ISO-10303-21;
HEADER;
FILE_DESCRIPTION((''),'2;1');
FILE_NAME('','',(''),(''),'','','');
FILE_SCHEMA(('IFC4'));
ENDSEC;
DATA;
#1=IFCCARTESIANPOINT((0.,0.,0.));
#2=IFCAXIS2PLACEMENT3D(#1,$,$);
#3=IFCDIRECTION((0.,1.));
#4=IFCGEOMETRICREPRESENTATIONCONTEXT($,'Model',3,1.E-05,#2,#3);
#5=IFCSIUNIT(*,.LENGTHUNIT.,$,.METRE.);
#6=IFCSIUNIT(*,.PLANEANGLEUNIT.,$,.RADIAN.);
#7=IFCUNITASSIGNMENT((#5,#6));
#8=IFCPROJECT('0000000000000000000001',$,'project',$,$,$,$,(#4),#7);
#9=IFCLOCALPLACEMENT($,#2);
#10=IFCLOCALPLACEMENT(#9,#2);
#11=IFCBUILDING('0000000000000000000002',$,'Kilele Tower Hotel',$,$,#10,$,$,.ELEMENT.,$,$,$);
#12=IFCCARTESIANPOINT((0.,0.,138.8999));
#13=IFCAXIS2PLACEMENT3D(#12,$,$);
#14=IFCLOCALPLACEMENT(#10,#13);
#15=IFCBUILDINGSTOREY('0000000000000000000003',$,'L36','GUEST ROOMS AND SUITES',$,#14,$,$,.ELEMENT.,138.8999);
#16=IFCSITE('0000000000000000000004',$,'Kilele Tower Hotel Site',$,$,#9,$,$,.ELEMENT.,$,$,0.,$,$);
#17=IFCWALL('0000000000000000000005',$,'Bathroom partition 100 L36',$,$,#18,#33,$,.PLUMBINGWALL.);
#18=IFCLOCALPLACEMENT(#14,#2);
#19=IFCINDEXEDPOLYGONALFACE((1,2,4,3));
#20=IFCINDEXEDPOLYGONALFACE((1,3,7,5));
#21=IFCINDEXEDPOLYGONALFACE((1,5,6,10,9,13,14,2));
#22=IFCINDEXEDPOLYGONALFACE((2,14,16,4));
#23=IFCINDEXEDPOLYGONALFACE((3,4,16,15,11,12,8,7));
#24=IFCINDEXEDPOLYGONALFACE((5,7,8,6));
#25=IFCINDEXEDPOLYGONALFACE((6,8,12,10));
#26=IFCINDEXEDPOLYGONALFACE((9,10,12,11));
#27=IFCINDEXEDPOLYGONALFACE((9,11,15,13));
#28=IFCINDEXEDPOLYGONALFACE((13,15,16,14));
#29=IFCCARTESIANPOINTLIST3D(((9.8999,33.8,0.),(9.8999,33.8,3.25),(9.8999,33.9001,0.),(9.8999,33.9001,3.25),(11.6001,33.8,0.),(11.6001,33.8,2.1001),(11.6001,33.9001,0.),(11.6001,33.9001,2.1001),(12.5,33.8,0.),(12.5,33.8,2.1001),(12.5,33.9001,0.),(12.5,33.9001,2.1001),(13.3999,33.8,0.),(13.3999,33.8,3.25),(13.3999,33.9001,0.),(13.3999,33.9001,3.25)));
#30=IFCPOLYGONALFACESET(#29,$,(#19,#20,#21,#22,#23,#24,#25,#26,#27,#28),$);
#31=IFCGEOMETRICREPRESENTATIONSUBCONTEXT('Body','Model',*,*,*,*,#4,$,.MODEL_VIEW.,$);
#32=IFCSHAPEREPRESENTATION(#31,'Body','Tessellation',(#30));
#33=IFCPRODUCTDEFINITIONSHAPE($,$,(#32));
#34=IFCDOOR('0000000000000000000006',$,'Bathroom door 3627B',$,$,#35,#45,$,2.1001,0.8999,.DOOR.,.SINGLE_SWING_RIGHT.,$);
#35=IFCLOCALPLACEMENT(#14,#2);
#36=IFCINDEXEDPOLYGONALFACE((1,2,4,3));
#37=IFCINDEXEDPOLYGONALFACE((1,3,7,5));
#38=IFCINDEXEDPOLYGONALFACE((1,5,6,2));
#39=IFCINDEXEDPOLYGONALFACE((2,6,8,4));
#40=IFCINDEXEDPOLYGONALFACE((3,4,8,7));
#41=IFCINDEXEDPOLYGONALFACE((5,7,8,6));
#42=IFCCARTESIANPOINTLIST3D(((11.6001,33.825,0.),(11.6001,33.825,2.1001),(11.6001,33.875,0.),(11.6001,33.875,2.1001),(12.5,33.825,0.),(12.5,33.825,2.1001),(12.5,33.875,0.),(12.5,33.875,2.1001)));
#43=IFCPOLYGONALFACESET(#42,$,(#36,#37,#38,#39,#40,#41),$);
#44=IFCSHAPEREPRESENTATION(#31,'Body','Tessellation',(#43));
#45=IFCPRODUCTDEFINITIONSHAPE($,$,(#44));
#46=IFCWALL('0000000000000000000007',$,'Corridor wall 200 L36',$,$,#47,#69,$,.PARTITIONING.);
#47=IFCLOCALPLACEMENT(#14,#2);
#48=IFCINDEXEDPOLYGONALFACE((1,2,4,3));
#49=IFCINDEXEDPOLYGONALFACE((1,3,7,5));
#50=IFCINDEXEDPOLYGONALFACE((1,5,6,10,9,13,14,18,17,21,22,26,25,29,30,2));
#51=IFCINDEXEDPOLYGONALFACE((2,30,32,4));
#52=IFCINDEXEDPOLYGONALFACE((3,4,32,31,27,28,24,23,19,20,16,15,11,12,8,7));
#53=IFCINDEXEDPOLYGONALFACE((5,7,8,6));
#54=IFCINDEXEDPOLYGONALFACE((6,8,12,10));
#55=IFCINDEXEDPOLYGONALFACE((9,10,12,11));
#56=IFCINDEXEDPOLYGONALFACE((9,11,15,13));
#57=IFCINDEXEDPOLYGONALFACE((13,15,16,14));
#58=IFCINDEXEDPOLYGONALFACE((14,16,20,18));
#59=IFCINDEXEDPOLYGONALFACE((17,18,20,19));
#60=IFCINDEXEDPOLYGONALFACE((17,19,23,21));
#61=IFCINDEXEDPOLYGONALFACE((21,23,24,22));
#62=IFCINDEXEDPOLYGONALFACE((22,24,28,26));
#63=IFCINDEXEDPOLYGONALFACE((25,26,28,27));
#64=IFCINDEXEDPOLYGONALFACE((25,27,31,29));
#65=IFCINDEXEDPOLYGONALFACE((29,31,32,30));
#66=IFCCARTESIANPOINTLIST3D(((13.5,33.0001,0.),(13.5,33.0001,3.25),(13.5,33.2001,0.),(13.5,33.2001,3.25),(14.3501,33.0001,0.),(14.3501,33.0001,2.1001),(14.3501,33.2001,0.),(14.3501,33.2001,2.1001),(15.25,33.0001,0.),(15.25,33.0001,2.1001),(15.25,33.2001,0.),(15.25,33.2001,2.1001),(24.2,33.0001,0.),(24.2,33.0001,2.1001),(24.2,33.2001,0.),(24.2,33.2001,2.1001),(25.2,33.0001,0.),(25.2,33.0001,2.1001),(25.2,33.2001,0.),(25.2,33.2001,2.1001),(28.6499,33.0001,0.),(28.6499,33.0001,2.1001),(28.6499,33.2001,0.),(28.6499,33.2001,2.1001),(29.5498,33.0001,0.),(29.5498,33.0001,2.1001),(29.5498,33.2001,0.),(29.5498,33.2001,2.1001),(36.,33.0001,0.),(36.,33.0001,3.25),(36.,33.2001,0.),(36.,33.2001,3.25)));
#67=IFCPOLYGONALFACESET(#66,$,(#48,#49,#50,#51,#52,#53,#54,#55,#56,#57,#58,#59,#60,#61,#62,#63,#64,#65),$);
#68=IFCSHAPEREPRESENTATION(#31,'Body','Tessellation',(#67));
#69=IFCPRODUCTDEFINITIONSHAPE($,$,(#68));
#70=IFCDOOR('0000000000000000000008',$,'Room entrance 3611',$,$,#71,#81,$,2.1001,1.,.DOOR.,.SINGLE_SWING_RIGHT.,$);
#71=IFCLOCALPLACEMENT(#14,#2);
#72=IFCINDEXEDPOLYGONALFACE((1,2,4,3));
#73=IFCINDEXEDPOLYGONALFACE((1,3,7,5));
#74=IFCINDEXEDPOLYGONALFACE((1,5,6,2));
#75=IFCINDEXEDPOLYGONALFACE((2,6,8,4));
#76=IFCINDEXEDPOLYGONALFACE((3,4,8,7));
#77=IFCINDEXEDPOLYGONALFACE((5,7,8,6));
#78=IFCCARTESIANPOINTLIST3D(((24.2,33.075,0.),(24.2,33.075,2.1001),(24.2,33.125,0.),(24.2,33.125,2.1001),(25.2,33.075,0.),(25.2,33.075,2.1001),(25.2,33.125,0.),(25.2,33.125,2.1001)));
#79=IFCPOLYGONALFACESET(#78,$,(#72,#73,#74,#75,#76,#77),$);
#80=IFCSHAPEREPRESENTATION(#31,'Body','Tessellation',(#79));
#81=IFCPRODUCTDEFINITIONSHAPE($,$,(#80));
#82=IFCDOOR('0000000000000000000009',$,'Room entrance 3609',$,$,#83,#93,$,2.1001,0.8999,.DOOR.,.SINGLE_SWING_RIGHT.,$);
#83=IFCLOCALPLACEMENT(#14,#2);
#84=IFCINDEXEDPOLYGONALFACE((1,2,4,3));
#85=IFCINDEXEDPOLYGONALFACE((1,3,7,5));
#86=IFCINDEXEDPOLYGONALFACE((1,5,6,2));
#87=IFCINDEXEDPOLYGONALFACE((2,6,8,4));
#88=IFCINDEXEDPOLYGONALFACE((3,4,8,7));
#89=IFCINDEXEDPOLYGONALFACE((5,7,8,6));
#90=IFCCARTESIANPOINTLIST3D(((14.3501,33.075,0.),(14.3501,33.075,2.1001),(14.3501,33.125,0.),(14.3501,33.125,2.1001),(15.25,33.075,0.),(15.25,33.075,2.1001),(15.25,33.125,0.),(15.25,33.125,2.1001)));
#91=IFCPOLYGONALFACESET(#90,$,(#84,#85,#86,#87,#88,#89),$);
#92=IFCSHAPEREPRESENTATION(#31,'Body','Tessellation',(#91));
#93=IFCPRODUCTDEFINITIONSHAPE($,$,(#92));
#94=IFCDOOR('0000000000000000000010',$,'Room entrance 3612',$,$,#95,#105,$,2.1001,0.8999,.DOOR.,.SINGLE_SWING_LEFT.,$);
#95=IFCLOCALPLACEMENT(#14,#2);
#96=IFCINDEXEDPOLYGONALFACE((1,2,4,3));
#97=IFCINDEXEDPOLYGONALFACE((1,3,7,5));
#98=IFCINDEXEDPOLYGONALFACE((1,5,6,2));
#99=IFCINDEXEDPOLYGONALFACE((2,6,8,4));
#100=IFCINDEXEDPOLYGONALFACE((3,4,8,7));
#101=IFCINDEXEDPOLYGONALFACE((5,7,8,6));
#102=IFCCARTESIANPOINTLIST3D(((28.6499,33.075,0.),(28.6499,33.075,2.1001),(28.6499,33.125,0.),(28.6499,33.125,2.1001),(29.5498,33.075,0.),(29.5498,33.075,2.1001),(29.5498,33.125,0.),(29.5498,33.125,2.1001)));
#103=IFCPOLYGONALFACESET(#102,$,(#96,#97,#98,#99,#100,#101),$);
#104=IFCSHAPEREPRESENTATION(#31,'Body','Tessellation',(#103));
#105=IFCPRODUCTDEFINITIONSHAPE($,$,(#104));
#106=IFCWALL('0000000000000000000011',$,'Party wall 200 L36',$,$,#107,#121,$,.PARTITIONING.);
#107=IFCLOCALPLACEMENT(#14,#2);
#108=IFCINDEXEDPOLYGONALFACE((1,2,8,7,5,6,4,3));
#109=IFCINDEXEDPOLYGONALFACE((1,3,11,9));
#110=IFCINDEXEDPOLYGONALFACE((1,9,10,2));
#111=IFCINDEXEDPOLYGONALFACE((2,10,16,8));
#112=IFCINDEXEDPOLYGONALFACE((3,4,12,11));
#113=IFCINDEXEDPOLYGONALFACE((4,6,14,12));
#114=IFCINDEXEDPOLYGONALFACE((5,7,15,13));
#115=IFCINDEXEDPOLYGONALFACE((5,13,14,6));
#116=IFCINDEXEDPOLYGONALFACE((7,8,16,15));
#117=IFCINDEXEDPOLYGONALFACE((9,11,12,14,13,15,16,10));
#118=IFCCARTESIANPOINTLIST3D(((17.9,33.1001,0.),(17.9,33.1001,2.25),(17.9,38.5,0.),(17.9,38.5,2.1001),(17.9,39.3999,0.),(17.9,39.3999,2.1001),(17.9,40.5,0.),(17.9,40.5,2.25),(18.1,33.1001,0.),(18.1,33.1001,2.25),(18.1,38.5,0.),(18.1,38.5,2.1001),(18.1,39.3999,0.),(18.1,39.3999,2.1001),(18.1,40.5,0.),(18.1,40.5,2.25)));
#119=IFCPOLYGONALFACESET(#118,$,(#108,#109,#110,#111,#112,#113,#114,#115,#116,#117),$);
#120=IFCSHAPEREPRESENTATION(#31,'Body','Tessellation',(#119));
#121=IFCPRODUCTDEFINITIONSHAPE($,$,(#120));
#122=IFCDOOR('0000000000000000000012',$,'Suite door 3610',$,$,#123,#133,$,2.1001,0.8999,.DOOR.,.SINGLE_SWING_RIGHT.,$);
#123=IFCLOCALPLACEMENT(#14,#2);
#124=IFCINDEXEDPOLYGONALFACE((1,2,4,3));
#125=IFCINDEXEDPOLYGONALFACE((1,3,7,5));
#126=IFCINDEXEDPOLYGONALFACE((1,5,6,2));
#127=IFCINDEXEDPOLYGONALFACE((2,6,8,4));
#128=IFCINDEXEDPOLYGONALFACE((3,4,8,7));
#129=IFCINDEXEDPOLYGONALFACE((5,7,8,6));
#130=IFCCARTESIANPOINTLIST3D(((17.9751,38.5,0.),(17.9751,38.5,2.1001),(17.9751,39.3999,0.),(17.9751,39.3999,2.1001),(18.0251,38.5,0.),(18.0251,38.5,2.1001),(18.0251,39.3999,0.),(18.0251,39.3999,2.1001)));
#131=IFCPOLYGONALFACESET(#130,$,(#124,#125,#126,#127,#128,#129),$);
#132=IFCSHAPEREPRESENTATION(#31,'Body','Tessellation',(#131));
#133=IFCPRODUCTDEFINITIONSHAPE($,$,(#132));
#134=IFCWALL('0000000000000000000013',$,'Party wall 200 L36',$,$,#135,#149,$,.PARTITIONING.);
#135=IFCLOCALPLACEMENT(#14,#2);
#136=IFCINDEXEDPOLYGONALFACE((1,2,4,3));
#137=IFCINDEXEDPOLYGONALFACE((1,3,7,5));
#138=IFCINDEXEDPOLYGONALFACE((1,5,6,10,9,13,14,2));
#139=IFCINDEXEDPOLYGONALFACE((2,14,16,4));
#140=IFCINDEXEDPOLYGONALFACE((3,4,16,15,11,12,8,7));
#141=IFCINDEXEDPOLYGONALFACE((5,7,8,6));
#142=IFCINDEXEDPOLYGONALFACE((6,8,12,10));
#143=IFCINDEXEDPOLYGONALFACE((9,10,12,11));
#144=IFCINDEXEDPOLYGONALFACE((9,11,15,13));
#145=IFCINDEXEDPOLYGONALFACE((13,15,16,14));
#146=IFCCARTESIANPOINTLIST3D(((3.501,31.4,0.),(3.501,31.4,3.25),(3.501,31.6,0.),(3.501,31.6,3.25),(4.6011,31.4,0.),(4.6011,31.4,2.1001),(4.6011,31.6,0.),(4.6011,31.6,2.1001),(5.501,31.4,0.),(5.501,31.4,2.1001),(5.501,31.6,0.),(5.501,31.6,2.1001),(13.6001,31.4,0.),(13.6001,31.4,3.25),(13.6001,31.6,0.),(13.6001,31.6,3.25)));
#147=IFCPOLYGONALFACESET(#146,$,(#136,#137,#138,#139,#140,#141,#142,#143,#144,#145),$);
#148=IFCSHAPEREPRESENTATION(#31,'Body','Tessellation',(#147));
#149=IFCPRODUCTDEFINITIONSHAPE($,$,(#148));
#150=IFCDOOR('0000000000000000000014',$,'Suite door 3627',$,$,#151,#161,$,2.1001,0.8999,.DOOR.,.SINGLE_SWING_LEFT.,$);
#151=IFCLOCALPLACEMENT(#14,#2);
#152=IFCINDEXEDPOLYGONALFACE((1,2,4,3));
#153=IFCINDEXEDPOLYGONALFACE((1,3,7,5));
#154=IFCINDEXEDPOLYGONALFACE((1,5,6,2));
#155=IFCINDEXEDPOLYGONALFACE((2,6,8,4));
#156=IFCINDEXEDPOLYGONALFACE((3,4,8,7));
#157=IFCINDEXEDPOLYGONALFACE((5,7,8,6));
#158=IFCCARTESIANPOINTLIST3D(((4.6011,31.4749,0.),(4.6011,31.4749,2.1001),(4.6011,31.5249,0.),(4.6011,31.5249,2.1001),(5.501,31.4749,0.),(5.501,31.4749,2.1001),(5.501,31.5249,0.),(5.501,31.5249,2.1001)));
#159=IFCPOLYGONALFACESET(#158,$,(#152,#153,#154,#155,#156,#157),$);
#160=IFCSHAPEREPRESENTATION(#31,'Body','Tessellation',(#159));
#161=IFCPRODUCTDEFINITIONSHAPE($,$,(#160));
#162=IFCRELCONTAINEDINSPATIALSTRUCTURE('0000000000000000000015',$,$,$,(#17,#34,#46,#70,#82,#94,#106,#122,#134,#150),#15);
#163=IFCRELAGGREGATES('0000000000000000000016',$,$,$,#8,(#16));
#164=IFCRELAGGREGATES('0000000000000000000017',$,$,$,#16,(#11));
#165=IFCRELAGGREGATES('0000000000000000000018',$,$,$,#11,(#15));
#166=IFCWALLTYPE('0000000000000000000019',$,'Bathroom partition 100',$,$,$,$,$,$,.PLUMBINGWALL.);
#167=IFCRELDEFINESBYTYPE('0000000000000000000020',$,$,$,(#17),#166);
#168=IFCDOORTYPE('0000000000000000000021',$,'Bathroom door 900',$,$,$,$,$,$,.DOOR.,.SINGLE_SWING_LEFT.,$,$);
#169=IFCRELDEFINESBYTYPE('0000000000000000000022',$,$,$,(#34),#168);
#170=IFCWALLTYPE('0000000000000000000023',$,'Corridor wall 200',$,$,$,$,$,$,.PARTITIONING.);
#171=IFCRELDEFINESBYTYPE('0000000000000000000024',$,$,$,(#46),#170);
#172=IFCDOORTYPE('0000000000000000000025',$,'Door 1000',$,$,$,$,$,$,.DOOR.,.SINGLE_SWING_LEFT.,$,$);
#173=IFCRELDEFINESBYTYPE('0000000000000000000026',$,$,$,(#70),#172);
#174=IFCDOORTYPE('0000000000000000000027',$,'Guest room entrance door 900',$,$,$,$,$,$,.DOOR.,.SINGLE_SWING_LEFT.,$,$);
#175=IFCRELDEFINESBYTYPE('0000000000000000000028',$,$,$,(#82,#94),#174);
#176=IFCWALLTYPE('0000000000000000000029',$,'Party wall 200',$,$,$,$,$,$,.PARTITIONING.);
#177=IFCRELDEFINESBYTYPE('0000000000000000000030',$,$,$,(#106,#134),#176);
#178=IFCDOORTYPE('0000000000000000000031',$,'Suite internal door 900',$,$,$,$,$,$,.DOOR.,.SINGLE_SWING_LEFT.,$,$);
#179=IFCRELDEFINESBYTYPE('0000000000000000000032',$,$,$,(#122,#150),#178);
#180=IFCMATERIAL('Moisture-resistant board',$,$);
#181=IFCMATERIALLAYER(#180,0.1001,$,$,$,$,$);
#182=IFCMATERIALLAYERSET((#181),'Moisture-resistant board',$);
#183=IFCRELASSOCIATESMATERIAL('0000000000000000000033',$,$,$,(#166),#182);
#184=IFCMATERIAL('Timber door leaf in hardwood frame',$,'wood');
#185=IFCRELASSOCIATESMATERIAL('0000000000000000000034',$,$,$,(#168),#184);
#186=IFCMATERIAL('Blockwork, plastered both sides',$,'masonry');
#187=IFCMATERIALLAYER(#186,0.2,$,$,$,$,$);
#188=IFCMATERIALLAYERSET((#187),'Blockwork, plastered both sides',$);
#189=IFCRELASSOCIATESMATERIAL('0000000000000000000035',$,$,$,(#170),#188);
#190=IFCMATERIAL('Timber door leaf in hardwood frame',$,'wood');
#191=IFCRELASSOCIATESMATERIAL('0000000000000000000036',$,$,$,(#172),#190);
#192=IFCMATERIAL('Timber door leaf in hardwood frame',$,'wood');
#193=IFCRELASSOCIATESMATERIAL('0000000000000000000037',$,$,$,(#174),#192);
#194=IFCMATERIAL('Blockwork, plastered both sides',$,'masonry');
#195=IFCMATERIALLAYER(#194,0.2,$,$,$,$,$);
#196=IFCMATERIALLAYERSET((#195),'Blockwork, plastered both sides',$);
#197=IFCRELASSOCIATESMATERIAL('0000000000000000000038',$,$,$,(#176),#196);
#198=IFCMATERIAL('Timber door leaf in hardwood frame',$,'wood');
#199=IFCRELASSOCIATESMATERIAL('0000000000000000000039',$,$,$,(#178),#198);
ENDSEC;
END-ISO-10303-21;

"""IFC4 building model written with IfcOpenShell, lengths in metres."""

from ifc_helpers import new_model, si_unit, direction, frame, frame_2d, origin, place, context, subcontext, project, spatial, rectangle, extrude, material, layer, layer_set, type_object, element, fill, save


model = new_model("IFC4")

# Units and contexts
model_context = context("Model", 3, precision=1e-05, world=origin(), true_north=direction((0.0, 1.0)))
body_context = subcontext(model_context, "Body", "Model", "MODEL_VIEW")
ifc_project = project(units=[si_unit("LENGTHUNIT", "METRE"), si_unit("PLANEANGLEUNIT", "RADIAN")], contexts=[model_context])

# Site, building, storey
site_placement = place(None, origin())
site = spatial("IfcSite", under=ifc_project, at=site_placement, Name="Kilele Tower Hotel Site", CompositionType="ELEMENT", RefElevation=0.0)
building_placement = place(site_placement, origin())
building = spatial("IfcBuilding", under=site, at=building_placement, Name="Kilele Tower Hotel", CompositionType="ELEMENT")
storey_placement = place(building_placement, frame((0.0, 0.0, 138.8999)))
storey = spatial("IfcBuildingStorey", under=building, at=storey_placement, Name="L36", Description="GUEST ROOMS AND SUITES", CompositionType="ELEMENT", Elevation=138.8999)

# Shared definitions
ifc_material_1 = material(Name="Moisture-resistant board")
ifc_layer_1 = layer(ifc_material_1, 0.1001)
ifc_layer_set_1 = layer_set([ifc_layer_1], Name="Moisture-resistant board")
wall_type_1 = type_object("IfcWallType", Name="Bathroom partition 100", PredefinedType="PLUMBINGWALL", material=ifc_layer_set_1)

# Shared definitions
ifc_material_2 = material(Name="Timber door leaf in hardwood frame", Category="wood")
door_type_1 = type_object("IfcDoorType", Name="Bathroom door 900", OperationType="SINGLE_SWING_LEFT", PredefinedType="DOOR", material=ifc_material_2)

# Wall, opening, door
wall_1_placement = place(storey_placement, frame((13.3999, 33.8501, 0.0), z_axis=(0.0, 0.0, 1.0), x_axis=(-1.0, 0.0, 0.0)))
wall_1 = element("IfcWall", 1, at=wall_1_placement, inside=storey, type_object=wall_type_1, Name="Bathroom partition 100 L36", PredefinedType="PLUMBINGWALL", context=body_context, shape_type="SweptSolid", body=[
    extrude(rectangle(XDim=3.5, YDim=0.1001, at=frame_2d((1.75, 0.0))), origin(), (0.0, 0.0, 1.0), 3.25),
])
opening_1_placement = place(wall_1_placement, frame((1.7998, 0.0, 0.0), z_axis=(0.0, 0.0, 1.0), x_axis=(-1.0, 0.0, 0.0)))
opening_1 = element("IfcOpeningElement", 2, at=opening_1_placement, cuts=wall_1, PredefinedType="OPENING", context=body_context, shape_type="SweptSolid", body=[
    extrude(rectangle(XDim=0.8999, YDim=2.1001, at=frame_2d((0.45, 1.05))), frame((0.0, 0.0601, 0.0), z_axis=(0.0, -1.0, 0.0), x_axis=(1.0, 0.0, 0.0)), (0.0, 0.0, 1.0), 0.1201),
])
door_1_placement = place(opening_1_placement, origin())
door_1 = element("IfcDoor", 3, at=door_1_placement, inside=storey, type_object=door_type_1, Name="Bathroom door 3627B", OperationType="SINGLE_SWING_RIGHT", OverallHeight=2.1001, OverallWidth=0.8999, PredefinedType="DOOR", context=body_context, shape_type="SweptSolid", body=[
    extrude(rectangle(XDim=0.8999, YDim=2.1001, at=frame_2d((0.45, 1.05))), frame((0.0, 0.0249, 0.0), z_axis=(0.0, -1.0, 0.0), x_axis=(1.0, 0.0, 0.0)), (0.0, 0.0, 1.0), 0.05),
])
fill(opening_1, door_1)

# Wall, openings, doors
ifc_material_3 = material(Name="Blockwork, plastered both sides", Category="masonry")
ifc_layer_2 = layer(ifc_material_3, 0.2)
ifc_layer_set_2 = layer_set([ifc_layer_2], Name="Blockwork, plastered both sides")
wall_type_2 = type_object("IfcWallType", Name="Corridor wall 200", PredefinedType="PARTITIONING", material=ifc_layer_set_2)
wall_2_placement = place(storey_placement, frame((13.5, 33.1001, 0.0), z_axis=(0.0, 0.0, 1.0), x_axis=(1.0, 0.0, 0.0)))
wall_2 = element("IfcWall", 4, at=wall_2_placement, inside=storey, type_object=wall_type_2, Name="Corridor wall 200 L36", PredefinedType="PARTITIONING", context=body_context, shape_type="SweptSolid", body=[
    extrude(rectangle(XDim=22.5, YDim=0.2, at=frame_2d((11.25, 0.0))), origin(), (0.0, 0.0, 1.0), 3.25),
])
opening_2_placement = place(wall_2_placement, frame((0.8501, 0.0, 0.0)))
opening_2 = element("IfcOpeningElement", 5, at=opening_2_placement, cuts=wall_2, PredefinedType="OPENING", context=body_context, shape_type="SweptSolid", body=[
    extrude(rectangle(XDim=0.8999, YDim=2.1001, at=frame_2d((0.45, 1.05))), frame((0.0, 0.1099, 0.0), z_axis=(0.0, -1.0, 0.0), x_axis=(1.0, 0.0, 0.0)), (0.0, 0.0, 1.0), 0.22),
])
opening_3_placement = place(wall_2_placement, frame((10.7, 0.0, 0.0)))
opening_3 = element("IfcOpeningElement", 6, at=opening_3_placement, cuts=wall_2, PredefinedType="OPENING", context=body_context, shape_type="SweptSolid", body=[
    extrude(rectangle(XDim=1.0, YDim=2.1001, at=frame_2d((0.5, 1.05))), frame((0.0, 0.1099, 0.0), z_axis=(0.0, -1.0, 0.0), x_axis=(1.0, 0.0, 0.0)), (0.0, 0.0, 1.0), 0.22),
])
opening_4_placement = place(wall_2_placement, frame((15.1499, 0.0, 0.0)))
opening_4 = element("IfcOpeningElement", 7, at=opening_4_placement, cuts=wall_2, PredefinedType="OPENING", context=body_context, shape_type="SweptSolid", body=[
    extrude(rectangle(XDim=0.8999, YDim=2.1001, at=frame_2d((0.45, 1.05))), frame((0.0, 0.1099, 0.0), z_axis=(0.0, -1.0, 0.0), x_axis=(1.0, 0.0, 0.0)), (0.0, 0.0, 1.0), 0.22),
])
ifc_material_4 = material(Name="Timber door leaf in hardwood frame", Category="wood")
door_type_2 = type_object("IfcDoorType", Name="Door 1000", OperationType="SINGLE_SWING_LEFT", PredefinedType="DOOR", material=ifc_material_4)
door_2_placement = place(opening_3_placement, origin())
door_2 = element("IfcDoor", 8, at=door_2_placement, inside=storey, type_object=door_type_2, Name="Room entrance 3611", OperationType="SINGLE_SWING_RIGHT", OverallHeight=2.1001, OverallWidth=1.0, PredefinedType="DOOR", context=body_context, shape_type="SweptSolid", body=[
    extrude(rectangle(XDim=1.0, YDim=2.1001, at=frame_2d((0.5, 1.05))), frame((0.0, 0.0249, 0.0), z_axis=(0.0, -1.0, 0.0), x_axis=(1.0, 0.0, 0.0)), (0.0, 0.0, 1.0), 0.05),
])
fill(opening_3, door_2)
ifc_material_5 = material(Name="Timber door leaf in hardwood frame", Category="wood")
door_type_3 = type_object("IfcDoorType", Name="Guest room entrance door 900", OperationType="SINGLE_SWING_LEFT", PredefinedType="DOOR", material=ifc_material_5)
door_3_placement = place(opening_2_placement, origin())
door_3 = element("IfcDoor", 9, at=door_3_placement, inside=storey, type_object=door_type_3, Name="Room entrance 3609", OperationType="SINGLE_SWING_RIGHT", OverallHeight=2.1001, OverallWidth=0.8999, PredefinedType="DOOR", context=body_context, shape_type="SweptSolid", body=[
    extrude(rectangle(XDim=0.8999, YDim=2.1001, at=frame_2d((0.45, 1.05))), frame((0.0, 0.0249, 0.0), z_axis=(0.0, -1.0, 0.0), x_axis=(1.0, 0.0, 0.0)), (0.0, 0.0, 1.0), 0.05),
])
fill(opening_2, door_3)
door_4_placement = place(opening_4_placement, origin())
door_4 = element("IfcDoor", 10, at=door_4_placement, inside=storey, type_object=door_type_3, Name="Room entrance 3612", OperationType="SINGLE_SWING_LEFT", OverallHeight=2.1001, OverallWidth=0.8999, PredefinedType="DOOR", context=body_context, shape_type="SweptSolid", body=[
    extrude(rectangle(XDim=0.8999, YDim=2.1001, at=frame_2d((0.45, 1.05))), frame((0.0, 0.0249, 0.0), z_axis=(0.0, -1.0, 0.0), x_axis=(1.0, 0.0, 0.0)), (0.0, 0.0, 1.0), 0.05),
])
fill(opening_4, door_4)

# Walls, openings, doors
ifc_material_6 = material(Name="Blockwork, plastered both sides", Category="masonry")
ifc_layer_3 = layer(ifc_material_6, 0.2)
ifc_layer_set_3 = layer_set([ifc_layer_3], Name="Blockwork, plastered both sides")
wall_type_3 = type_object("IfcWallType", Name="Party wall 200", PredefinedType="PARTITIONING", material=ifc_layer_set_3)
wall_3_placement = place(storey_placement, frame((18.0, 33.1001, 0.0), z_axis=(0.0, 0.0, 1.0), x_axis=(0.0, 1.0, 0.0)))
wall_3 = element("IfcWall", 11, at=wall_3_placement, inside=storey, type_object=wall_type_3, Name="Party wall 200 L36", PredefinedType="PARTITIONING", context=body_context, shape_type="SweptSolid", body=[
    extrude(rectangle(XDim=7.3999, YDim=0.2, at=frame_2d((3.7, 0.0))), origin(), (0.0, 0.0, 1.0), 2.25),
])
opening_5_placement = place(wall_3_placement, frame((5.3999, 0.0, 0.0)))
opening_5 = element("IfcOpeningElement", 12, at=opening_5_placement, cuts=wall_3, PredefinedType="OPENING", context=body_context, shape_type="SweptSolid", body=[
    extrude(rectangle(XDim=0.8999, YDim=2.1001, at=frame_2d((0.45, 1.05))), frame((0.0, 0.1099, 0.0), z_axis=(0.0, -1.0, 0.0), x_axis=(1.0, 0.0, 0.0)), (0.0, 0.0, 1.0), 0.22),
])
ifc_material_7 = material(Name="Timber door leaf in hardwood frame", Category="wood")
door_type_4 = type_object("IfcDoorType", Name="Suite internal door 900", OperationType="SINGLE_SWING_LEFT", PredefinedType="DOOR", material=ifc_material_7)
door_5_placement = place(opening_5_placement, origin())
door_5 = element("IfcDoor", 13, at=door_5_placement, inside=storey, type_object=door_type_4, Name="Suite door 3610", OperationType="SINGLE_SWING_RIGHT", OverallHeight=2.1001, OverallWidth=0.8999, PredefinedType="DOOR", context=body_context, shape_type="SweptSolid", body=[
    extrude(rectangle(XDim=0.8999, YDim=2.1001, at=frame_2d((0.45, 1.05))), frame((0.0, 0.0249, 0.0), z_axis=(0.0, -1.0, 0.0), x_axis=(1.0, 0.0, 0.0)), (0.0, 0.0, 1.0), 0.05),
])
fill(opening_5, door_5)
wall_4_placement = place(storey_placement, frame((13.6001, 31.5, 0.0), z_axis=(0.0, 0.0, 1.0), x_axis=(-1.0, 0.0, 0.0)))
wall_4 = element("IfcWall", 14, at=wall_4_placement, inside=storey, type_object=wall_type_3, Name="Party wall 200 L36", PredefinedType="PARTITIONING", context=body_context, shape_type="SweptSolid", body=[
    extrude(rectangle(XDim=10.0991, YDim=0.2, at=frame_2d((5.0496, 0.0))), origin(), (0.0, 0.0, 1.0), 3.25),
])
opening_6_placement = place(wall_4_placement, frame((8.999, 0.0, 0.0), z_axis=(0.0, 0.0, 1.0), x_axis=(-1.0, 0.0, 0.0)))
opening_6 = element("IfcOpeningElement", 15, at=opening_6_placement, cuts=wall_4, PredefinedType="OPENING", context=body_context, shape_type="SweptSolid", body=[
    extrude(rectangle(XDim=0.8999, YDim=2.1001, at=frame_2d((0.45, 1.05))), frame((0.0, 0.1099, 0.0), z_axis=(0.0, -1.0, 0.0), x_axis=(1.0, 0.0, 0.0)), (0.0, 0.0, 1.0), 0.22),
])
door_6_placement = place(opening_6_placement, origin())
door_6 = element("IfcDoor", 16, at=door_6_placement, inside=storey, type_object=door_type_4, Name="Suite door 3627", OperationType="SINGLE_SWING_LEFT", OverallHeight=2.1001, OverallWidth=0.8999, PredefinedType="DOOR", context=body_context, shape_type="SweptSolid", body=[
    extrude(rectangle(XDim=0.8999, YDim=2.1001, at=frame_2d((0.45, 1.05))), frame((0.0, 0.0249, 0.0), z_axis=(0.0, -1.0, 0.0), x_axis=(1.0, 0.0, 0.0)), (0.0, 0.0, 1.0), 0.05),
])
fill(opening_6, door_6)

save(model, "model.ifc")
